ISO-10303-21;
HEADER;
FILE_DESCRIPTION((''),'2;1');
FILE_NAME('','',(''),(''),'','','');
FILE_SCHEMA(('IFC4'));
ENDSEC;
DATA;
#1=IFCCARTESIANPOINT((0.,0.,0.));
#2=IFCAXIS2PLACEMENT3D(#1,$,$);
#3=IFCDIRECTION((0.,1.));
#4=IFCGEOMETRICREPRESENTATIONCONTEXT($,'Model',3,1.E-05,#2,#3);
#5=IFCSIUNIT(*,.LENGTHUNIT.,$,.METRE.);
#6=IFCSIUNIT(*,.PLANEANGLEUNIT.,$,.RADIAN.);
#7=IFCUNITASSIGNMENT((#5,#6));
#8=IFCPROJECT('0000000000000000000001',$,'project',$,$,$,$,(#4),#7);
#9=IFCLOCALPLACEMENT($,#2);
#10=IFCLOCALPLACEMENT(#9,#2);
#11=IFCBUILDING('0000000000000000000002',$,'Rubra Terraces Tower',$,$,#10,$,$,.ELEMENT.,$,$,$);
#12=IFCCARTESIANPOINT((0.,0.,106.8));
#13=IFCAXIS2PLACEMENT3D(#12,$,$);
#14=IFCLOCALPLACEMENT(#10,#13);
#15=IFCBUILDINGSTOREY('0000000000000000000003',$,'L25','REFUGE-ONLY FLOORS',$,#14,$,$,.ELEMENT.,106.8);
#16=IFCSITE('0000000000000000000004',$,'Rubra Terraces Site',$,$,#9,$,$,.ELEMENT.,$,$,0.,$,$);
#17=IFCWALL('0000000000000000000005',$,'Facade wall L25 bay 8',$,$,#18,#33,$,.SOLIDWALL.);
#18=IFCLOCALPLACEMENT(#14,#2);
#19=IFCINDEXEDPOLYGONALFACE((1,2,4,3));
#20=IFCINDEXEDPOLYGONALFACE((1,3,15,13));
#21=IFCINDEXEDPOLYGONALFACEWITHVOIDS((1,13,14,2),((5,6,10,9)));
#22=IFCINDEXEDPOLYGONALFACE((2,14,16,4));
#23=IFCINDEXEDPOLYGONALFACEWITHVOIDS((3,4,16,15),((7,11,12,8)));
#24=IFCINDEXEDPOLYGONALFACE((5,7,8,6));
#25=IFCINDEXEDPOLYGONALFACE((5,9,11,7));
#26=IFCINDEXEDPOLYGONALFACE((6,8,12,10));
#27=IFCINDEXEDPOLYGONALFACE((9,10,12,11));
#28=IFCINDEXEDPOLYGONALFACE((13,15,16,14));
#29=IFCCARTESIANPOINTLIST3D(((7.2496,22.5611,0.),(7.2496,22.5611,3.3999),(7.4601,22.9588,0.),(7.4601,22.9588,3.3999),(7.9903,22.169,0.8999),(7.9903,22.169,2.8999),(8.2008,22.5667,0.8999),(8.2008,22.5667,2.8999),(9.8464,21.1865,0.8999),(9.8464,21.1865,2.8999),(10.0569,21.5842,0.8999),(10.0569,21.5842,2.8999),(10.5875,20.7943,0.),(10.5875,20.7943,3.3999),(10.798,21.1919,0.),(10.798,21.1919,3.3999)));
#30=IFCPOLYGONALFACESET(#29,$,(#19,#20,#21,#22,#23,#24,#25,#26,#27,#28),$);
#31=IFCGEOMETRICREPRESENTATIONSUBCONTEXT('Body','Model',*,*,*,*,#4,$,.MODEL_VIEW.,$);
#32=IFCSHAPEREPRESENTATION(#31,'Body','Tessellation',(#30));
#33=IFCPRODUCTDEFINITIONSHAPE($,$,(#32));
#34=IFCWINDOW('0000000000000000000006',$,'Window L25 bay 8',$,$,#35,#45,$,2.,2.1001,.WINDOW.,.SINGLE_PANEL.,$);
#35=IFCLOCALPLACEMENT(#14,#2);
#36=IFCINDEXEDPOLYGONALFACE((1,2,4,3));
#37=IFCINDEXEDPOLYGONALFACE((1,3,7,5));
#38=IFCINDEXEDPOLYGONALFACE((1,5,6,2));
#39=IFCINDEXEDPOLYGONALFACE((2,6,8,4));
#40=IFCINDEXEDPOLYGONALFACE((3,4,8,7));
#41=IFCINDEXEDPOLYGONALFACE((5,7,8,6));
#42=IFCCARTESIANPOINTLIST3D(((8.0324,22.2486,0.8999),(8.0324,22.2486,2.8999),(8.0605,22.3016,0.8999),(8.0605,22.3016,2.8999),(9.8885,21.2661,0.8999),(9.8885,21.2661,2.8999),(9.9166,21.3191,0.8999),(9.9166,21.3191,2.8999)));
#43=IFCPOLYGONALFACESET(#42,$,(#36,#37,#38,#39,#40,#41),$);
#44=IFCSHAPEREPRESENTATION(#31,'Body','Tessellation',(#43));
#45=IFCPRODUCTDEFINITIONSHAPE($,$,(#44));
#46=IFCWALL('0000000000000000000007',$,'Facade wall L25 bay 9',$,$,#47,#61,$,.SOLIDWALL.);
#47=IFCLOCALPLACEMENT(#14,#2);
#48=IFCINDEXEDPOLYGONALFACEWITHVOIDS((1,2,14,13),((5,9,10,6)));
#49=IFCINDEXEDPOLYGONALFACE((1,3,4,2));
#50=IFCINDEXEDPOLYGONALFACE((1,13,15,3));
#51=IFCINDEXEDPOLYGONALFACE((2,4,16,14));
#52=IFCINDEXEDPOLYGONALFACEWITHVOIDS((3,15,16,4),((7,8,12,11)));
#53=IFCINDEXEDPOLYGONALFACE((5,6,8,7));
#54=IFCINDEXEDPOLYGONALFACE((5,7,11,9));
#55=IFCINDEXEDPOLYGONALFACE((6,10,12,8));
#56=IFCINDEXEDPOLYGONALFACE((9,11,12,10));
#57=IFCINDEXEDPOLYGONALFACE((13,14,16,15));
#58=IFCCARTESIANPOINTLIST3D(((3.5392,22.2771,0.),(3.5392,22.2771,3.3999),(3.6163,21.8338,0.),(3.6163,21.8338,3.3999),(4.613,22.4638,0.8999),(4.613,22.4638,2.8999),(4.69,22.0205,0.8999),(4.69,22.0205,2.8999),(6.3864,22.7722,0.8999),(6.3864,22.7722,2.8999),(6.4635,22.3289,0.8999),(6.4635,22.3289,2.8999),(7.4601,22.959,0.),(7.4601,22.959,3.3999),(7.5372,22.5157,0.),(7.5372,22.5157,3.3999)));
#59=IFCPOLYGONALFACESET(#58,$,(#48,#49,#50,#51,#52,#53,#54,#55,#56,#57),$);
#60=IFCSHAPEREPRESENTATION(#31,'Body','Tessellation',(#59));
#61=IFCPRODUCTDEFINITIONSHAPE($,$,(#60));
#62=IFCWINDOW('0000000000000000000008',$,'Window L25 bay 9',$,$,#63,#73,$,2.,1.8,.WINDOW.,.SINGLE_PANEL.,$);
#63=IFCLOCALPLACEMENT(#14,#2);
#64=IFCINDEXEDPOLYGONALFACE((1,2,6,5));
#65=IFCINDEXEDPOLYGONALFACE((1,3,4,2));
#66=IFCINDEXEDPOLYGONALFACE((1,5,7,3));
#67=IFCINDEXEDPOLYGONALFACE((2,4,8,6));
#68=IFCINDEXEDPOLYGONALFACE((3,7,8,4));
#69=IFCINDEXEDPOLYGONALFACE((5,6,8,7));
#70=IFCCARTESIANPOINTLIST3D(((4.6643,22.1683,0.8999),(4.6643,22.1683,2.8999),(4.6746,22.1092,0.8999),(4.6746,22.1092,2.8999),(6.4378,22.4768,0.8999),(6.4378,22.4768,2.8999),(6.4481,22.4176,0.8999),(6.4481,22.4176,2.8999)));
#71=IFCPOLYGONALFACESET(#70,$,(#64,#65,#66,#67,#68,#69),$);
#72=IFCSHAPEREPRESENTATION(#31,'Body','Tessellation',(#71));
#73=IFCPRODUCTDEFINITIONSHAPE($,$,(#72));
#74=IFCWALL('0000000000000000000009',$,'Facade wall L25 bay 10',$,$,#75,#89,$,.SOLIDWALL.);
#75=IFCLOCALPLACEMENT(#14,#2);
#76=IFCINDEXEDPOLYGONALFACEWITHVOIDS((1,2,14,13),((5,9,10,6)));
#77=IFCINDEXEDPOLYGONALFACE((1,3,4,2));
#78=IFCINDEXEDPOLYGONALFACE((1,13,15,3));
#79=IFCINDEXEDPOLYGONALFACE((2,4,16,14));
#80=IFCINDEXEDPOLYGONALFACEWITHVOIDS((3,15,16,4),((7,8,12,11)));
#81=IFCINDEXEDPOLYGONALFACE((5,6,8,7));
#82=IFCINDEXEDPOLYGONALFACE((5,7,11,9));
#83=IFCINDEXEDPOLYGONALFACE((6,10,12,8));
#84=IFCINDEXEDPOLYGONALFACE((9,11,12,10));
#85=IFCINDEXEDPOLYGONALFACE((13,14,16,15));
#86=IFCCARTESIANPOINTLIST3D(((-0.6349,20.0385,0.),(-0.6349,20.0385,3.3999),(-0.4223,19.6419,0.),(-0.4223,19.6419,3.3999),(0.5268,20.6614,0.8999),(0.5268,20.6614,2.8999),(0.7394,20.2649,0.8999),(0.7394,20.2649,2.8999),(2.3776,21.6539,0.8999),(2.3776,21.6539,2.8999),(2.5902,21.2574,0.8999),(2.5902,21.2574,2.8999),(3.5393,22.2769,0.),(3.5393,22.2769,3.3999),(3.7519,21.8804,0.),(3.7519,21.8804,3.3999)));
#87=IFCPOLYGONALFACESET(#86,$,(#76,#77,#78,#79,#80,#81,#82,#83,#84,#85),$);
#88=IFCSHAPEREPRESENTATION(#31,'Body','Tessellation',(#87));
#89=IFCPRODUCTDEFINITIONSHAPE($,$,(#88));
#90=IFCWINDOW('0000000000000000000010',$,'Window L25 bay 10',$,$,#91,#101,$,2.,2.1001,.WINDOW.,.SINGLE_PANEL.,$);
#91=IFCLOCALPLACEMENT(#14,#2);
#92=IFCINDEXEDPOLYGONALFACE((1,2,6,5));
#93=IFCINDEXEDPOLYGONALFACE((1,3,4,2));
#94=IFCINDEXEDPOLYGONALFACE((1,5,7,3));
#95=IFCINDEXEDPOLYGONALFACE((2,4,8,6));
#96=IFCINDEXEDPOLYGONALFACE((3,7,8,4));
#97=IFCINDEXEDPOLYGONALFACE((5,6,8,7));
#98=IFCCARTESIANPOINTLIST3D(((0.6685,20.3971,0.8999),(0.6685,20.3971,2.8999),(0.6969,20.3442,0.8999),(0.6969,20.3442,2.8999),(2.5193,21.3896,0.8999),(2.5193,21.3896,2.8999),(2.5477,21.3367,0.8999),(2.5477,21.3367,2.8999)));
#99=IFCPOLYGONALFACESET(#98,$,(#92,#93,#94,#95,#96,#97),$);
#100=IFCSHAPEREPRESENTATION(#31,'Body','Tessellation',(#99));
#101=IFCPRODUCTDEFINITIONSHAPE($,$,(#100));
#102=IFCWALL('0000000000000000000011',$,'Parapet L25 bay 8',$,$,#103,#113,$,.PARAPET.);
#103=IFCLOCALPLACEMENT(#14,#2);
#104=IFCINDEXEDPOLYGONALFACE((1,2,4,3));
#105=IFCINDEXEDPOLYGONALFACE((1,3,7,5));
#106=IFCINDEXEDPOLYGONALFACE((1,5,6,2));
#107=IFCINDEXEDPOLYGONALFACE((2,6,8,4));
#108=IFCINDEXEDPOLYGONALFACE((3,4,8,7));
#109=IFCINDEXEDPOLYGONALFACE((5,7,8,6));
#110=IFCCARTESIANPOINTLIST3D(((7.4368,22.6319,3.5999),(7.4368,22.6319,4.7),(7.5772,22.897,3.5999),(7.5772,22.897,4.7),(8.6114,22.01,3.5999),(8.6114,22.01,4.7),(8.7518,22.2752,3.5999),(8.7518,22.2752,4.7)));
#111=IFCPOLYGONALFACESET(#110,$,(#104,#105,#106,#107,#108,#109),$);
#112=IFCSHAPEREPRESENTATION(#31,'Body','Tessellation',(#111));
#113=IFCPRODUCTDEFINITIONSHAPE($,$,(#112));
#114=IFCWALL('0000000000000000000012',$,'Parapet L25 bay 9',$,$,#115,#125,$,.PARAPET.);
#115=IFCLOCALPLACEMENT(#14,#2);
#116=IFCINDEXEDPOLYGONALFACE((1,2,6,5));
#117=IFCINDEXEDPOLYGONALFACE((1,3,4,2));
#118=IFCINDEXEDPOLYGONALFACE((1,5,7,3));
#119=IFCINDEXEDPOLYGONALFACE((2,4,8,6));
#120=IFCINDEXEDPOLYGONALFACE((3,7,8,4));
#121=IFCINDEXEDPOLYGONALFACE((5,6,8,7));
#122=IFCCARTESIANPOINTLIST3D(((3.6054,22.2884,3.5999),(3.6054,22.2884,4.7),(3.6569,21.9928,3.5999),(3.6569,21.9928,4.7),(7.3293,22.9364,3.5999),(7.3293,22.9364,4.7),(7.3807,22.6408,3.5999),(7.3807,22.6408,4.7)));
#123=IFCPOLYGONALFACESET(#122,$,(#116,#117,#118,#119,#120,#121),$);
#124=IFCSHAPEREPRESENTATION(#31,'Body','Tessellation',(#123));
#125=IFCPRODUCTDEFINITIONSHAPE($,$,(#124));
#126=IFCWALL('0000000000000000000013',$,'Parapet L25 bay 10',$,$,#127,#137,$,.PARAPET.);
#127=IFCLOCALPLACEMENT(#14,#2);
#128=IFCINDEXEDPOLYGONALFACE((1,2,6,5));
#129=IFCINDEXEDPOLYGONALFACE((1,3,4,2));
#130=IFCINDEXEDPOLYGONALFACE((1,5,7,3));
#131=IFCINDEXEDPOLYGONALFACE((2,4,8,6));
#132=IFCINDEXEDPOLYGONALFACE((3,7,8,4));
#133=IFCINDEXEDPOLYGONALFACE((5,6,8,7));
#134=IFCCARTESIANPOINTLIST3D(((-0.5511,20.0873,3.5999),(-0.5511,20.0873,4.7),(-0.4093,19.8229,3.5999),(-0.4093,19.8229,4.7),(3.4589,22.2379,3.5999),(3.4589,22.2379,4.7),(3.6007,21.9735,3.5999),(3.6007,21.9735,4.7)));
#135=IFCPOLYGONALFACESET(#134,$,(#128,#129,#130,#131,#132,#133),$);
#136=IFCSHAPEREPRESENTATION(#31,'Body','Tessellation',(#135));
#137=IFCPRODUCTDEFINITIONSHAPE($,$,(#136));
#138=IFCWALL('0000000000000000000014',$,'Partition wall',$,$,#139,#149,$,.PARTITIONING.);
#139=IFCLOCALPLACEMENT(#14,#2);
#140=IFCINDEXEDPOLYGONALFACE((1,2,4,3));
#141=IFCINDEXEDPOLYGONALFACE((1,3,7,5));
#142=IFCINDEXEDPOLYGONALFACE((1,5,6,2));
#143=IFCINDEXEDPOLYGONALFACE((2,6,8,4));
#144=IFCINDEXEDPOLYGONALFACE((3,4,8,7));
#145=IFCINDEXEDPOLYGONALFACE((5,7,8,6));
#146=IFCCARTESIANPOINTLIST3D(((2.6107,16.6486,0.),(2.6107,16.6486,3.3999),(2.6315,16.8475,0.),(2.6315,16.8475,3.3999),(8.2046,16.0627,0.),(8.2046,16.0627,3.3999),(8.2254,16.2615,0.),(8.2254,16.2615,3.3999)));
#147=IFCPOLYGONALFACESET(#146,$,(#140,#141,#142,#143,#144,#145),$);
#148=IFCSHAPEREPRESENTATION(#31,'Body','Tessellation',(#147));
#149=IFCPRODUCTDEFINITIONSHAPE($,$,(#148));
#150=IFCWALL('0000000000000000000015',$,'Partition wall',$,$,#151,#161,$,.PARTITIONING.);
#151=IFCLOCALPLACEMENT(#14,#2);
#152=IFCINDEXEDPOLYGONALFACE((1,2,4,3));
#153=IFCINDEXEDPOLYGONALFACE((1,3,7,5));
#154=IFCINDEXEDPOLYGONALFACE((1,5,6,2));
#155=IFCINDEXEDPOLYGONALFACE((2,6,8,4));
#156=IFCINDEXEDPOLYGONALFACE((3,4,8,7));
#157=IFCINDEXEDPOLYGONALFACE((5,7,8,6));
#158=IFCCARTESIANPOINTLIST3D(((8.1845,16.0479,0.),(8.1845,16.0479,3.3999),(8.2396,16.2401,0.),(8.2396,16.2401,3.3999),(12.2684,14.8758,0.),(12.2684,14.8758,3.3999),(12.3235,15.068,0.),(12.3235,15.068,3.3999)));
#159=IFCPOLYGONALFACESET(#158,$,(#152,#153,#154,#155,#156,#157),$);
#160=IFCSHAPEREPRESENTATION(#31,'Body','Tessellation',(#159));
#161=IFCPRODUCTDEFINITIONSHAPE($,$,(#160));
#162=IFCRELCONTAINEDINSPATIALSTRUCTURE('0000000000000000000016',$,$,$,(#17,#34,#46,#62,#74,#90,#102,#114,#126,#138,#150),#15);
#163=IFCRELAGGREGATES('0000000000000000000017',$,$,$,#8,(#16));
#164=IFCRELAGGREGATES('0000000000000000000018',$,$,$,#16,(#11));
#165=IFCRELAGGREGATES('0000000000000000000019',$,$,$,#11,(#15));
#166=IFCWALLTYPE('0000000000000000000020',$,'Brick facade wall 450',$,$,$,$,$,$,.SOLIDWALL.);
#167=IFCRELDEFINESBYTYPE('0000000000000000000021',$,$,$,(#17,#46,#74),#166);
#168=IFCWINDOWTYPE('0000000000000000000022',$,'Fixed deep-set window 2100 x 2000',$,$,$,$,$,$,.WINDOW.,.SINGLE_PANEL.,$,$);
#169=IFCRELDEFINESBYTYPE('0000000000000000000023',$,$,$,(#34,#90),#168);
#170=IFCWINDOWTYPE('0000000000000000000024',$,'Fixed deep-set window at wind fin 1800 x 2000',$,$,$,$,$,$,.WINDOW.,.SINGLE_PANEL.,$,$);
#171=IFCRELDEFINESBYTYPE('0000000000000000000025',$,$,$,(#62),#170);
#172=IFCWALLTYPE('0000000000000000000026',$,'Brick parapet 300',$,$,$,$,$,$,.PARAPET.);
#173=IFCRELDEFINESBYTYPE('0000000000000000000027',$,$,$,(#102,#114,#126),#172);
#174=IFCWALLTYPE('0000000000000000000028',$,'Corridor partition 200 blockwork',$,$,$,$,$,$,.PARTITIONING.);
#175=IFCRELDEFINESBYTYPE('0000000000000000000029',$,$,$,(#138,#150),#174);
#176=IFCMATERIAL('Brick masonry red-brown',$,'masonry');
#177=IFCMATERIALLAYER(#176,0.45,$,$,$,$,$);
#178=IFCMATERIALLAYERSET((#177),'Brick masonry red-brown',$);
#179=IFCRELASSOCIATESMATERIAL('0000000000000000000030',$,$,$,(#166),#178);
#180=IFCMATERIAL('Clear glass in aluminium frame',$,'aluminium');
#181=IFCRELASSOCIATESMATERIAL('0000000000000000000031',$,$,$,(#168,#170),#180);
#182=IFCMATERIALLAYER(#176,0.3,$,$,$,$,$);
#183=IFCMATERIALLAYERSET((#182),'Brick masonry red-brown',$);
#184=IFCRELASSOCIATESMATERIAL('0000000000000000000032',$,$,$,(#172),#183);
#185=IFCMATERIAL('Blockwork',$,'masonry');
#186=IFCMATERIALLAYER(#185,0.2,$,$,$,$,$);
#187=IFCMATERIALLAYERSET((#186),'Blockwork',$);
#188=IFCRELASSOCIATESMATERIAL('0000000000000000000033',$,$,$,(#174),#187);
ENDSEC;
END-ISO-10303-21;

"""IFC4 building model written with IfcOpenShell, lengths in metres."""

from ifc_helpers import new_model, si_unit, direction, frame, frame_2d, origin, place, context, subcontext, project, spatial, rectangle, extrude, material, layer, layer_set, type_object, element, fill, save


model = new_model("IFC4")

# Units and contexts
model_context = context("Model", 3, precision=1e-05, world=origin(), true_north=direction((0.0, 1.0)))
body_context = subcontext(model_context, "Body", "Model", "MODEL_VIEW")
ifc_project = project(units=[si_unit("LENGTHUNIT", "METRE"), si_unit("PLANEANGLEUNIT", "RADIAN")], contexts=[model_context])

# Site, building, storey
site_placement = place(None, origin())
site = spatial("IfcSite", under=ifc_project, at=site_placement, Name="Rubra Terraces Site", CompositionType="ELEMENT", RefElevation=0.0)
building_placement = place(site_placement, origin())
building = spatial("IfcBuilding", under=site, at=building_placement, Name="Rubra Terraces Tower", CompositionType="ELEMENT")
storey_placement = place(building_placement, frame((0.0, 0.0, 106.8)))
storey = spatial("IfcBuildingStorey", under=building, at=storey_placement, Name="L25", Description="REFUGE-ONLY FLOORS", CompositionType="ELEMENT", Elevation=106.8)

# Walls, openings, windows
ifc_material_1 = material(Name="Brick masonry red-brown", Category="masonry")
ifc_layer_1 = layer(ifc_material_1, 0.45)
ifc_layer_set_1 = layer_set([ifc_layer_1], Name="Brick masonry red-brown")
wall_type_1 = type_object("IfcWallType", Name="Brick facade wall 450", PredefinedType="SOLIDWALL", material=ifc_layer_set_1)
wall_1_placement = place(storey_placement, frame((10.6926, 20.9932, 0.0), z_axis=(0.0, 0.0, 1.0), x_axis=(-0.883818, 0.467831, 0.0)))
wall_1 = element("IfcWall", 1, at=wall_1_placement, inside=storey, type_object=wall_type_1, Name="Facade wall L25 bay 8", PredefinedType="SOLIDWALL", context=body_context, shape_type="SweptSolid", body=[
    extrude(rectangle(XDim=3.7766, YDim=0.45, at=frame_2d((1.8882, 0.0))), origin(), (0.0, 0.0, 1.0), 3.3999),
])
opening_1_placement = place(wall_1_placement, frame((0.8384, 0.0, 0.8999)))
opening_1 = element("IfcOpeningElement", 2, at=opening_1_placement, cuts=wall_1, PredefinedType="OPENING", context=body_context, shape_type="SweptSolid", body=[
    extrude(rectangle(XDim=2.1001, YDim=2.0, at=frame_2d((1.05, 1.0))), frame((0.0, 0.2349, 0.0), z_axis=(0.0, -1.0, 0.0), x_axis=(1.0, 0.0, 0.0)), (0.0, 0.0, 1.0), 0.47),
])
ifc_material_2 = material(Name="Clear glass in aluminium frame", Category="aluminium")
window_type_1 = type_object("IfcWindowType", Name="Fixed deep-set window 2100 x 2000", PartitioningType="SINGLE_PANEL", PredefinedType="WINDOW", material=ifc_material_2)
window_1_placement = place(opening_1_placement, origin())
window_1 = element("IfcWindow", 3, at=window_1_placement, inside=storey, type_object=window_type_1, Name="Window L25 bay 8", OverallHeight=2.0, OverallWidth=2.1001, PartitioningType="SINGLE_PANEL", PredefinedType="WINDOW", context=body_context, shape_type="SweptSolid", body=[
    extrude(rectangle(XDim=2.1001, YDim=2.0, at=frame_2d((1.05, 1.0))), frame((0.0, 0.135, 0.0), z_axis=(0.0, -1.0, 0.0), x_axis=(1.0, 0.0, 0.0)), (0.0, 0.0, 1.0), 0.0601),
])
fill(opening_1, window_1)
wall_2_placement = place(storey_placement, frame((7.4985, 22.7373, 0.0), z_axis=(0.0, 0.0, 1.0), x_axis=(-0.985212, -0.171339, 0.0)))
wall_2 = element("IfcWall", 4, at=wall_2_placement, inside=storey, type_object=wall_type_1, Name="Facade wall L25 bay 9", PredefinedType="SOLIDWALL", context=body_context, shape_type="SweptSolid", body=[
    extrude(rectangle(XDim=3.9797, YDim=0.45, at=frame_2d((1.9897, 0.0))), origin(), (0.0, 0.0, 1.0), 3.3999),
])
opening_2_placement = place(wall_2_placement, frame((1.0898, 0.0, 0.8999)))
opening_2 = element("IfcOpeningElement", 5, at=opening_2_placement, cuts=wall_2, PredefinedType="OPENING", context=body_context, shape_type="SweptSolid", body=[
    extrude(rectangle(XDim=1.8, YDim=2.0, at=frame_2d((0.8999, 1.0))), frame((0.0, 0.2349, 0.0), z_axis=(0.0, -1.0, 0.0), x_axis=(1.0, 0.0, 0.0)), (0.0, 0.0, 1.0), 0.47),
])
window_type_2 = type_object("IfcWindowType", Name="Fixed deep-set window at wind fin 1800 x 2000", PartitioningType="SINGLE_PANEL", PredefinedType="WINDOW", material=ifc_material_2)
window_2_placement = place(opening_2_placement, origin())
window_2 = element("IfcWindow", 6, at=window_2_placement, inside=storey, type_object=window_type_2, Name="Window L25 bay 9", OverallHeight=2.0, OverallWidth=1.8, PartitioningType="SINGLE_PANEL", PredefinedType="WINDOW", context=body_context, shape_type="SweptSolid", body=[
    extrude(rectangle(XDim=1.8, YDim=2.0, at=frame_2d((0.8999, 1.0))), frame((0.0, 0.135, 0.0), z_axis=(0.0, -1.0, 0.0), x_axis=(1.0, 0.0, 0.0)), (0.0, 0.0, 1.0), 0.0601),
])
fill(opening_2, window_2)
wall_3_placement = place(storey_placement, frame((3.6455, 22.0786, 0.0), z_axis=(0.0, 0.0, 1.0), x_axis=(-0.881279, -0.472596, 0.0)))
wall_3 = element("IfcWall", 7, at=wall_3_placement, inside=storey, type_object=wall_type_1, Name="Facade wall L25 bay 10", PredefinedType="SOLIDWALL", context=body_context, shape_type="SweptSolid", body=[
    extrude(rectangle(XDim=4.7366, YDim=0.45, at=frame_2d((2.3682, 0.0))), origin(), (0.0, 0.0, 1.0), 3.3999),
])
opening_3_placement = place(wall_3_placement, frame((1.3181, 0.0, 0.8999)))
opening_3 = element("IfcOpeningElement", 8, at=opening_3_placement, cuts=wall_3, PredefinedType="OPENING", context=body_context, shape_type="SweptSolid", body=[
    extrude(rectangle(XDim=2.1001, YDim=2.0, at=frame_2d((1.05, 1.0))), frame((0.0, 0.2349, 0.0), z_axis=(0.0, -1.0, 0.0), x_axis=(1.0, 0.0, 0.0)), (0.0, 0.0, 1.0), 0.47),
])
window_3_placement = place(opening_3_placement, origin())
window_3 = element("IfcWindow", 9, at=window_3_placement, inside=storey, type_object=window_type_1, Name="Window L25 bay 10", OverallHeight=2.0, OverallWidth=2.1001, PartitioningType="SINGLE_PANEL", PredefinedType="WINDOW", context=body_context, shape_type="SweptSolid", body=[
    extrude(rectangle(XDim=2.1001, YDim=2.0, at=frame_2d((1.05, 1.0))), frame((0.0, 0.135, 0.0), z_axis=(0.0, -1.0, 0.0), x_axis=(1.0, 0.0, 0.0)), (0.0, 0.0, 1.0), 0.0601),
])
fill(opening_3, window_3)

# Walls
ifc_layer_2 = layer(ifc_material_1, 0.3)
ifc_layer_set_2 = layer_set([ifc_layer_2], Name="Brick masonry red-brown")
wall_type_2 = type_object("IfcWallType", Name="Brick parapet 300", PredefinedType="PARAPET", material=ifc_layer_set_2)
wall_4_placement = place(storey_placement, frame((8.6816, 22.1426, 3.5999), z_axis=(0.0, 0.0, 1.0), x_axis=(-0.883788, 0.467888, 0.0)))
element("IfcWall", 10, at=wall_4_placement, inside=storey, type_object=wall_type_2, Name="Parapet L25 bay 8", PredefinedType="PARAPET", context=body_context, shape_type="SweptSolid", body=[
    extrude(rectangle(XDim=1.3291, YDim=0.3, at=frame_2d((0.6646, 0.0))), origin(), (0.0, 0.0, 1.0), 1.1001),
])
wall_5_placement = place(storey_placement, frame((7.355, 22.7886, 3.5999), z_axis=(0.0, 0.0, 1.0), x_axis=(-0.985198, -0.171423, 0.0)))
element("IfcWall", 11, at=wall_5_placement, inside=storey, type_object=wall_type_2, Name="Parapet L25 bay 9", PredefinedType="PARAPET", context=body_context, shape_type="SweptSolid", body=[
    extrude(rectangle(XDim=3.7798, YDim=0.3, at=frame_2d((1.8899, 0.0))), origin(), (0.0, 0.0, 1.0), 1.1001),
])
wall_6_placement = place(storey_placement, frame((3.5298, 22.1057, 3.5999), z_axis=(0.0, 0.0, 1.0), x_axis=(-0.881259, -0.472634, 0.0)))
element("IfcWall", 12, at=wall_6_placement, inside=storey, type_object=wall_type_2, Name="Parapet L25 bay 10", PredefinedType="PARAPET", context=body_context, shape_type="SweptSolid", body=[
    extrude(rectangle(XDim=4.5503, YDim=0.3, at=frame_2d((2.2751, 0.0))), origin(), (0.0, 0.0, 1.0), 1.1001),
])
ifc_material_3 = material(Name="Blockwork", Category="masonry")
ifc_layer_3 = layer(ifc_material_3, 0.2)
ifc_layer_set_3 = layer_set([ifc_layer_3], Name="Blockwork")
wall_type_3 = type_object("IfcWallType", Name="Corridor partition 200 blockwork", PredefinedType="PARTITIONING", material=ifc_layer_set_3)
wall_7_placement = place(storey_placement, frame((2.6211, 16.748, 0.0), z_axis=(0.0, 0.0, 1.0), x_axis=(0.994559, -0.104174, 0.0)))
element("IfcWall", 13, at=wall_7_placement, inside=storey, type_object=wall_type_3, Name="Partition wall", PredefinedType="PARTITIONING", context=body_context, shape_type="SweptSolid", body=[
    extrude(rectangle(XDim=5.6245, YDim=0.2, at=frame_2d((2.8123, 0.0))), origin(), (0.0, 0.0, 1.0), 3.3999),
])
wall_8_placement = place(storey_placement, frame((8.2119, 16.144, 0.0), z_axis=(0.0, 0.0, 1.0), x_axis=(0.961196, -0.275867, 0.0)))
element("IfcWall", 14, at=wall_8_placement, inside=storey, type_object=wall_type_3, Name="Partition wall", PredefinedType="PARTITIONING", context=body_context, shape_type="SweptSolid", body=[
    extrude(rectangle(XDim=4.2488, YDim=0.2, at=frame_2d((2.1245, 0.0))), origin(), (0.0, 0.0, 1.0), 3.3999),
])

save(model, "model.ifc")
